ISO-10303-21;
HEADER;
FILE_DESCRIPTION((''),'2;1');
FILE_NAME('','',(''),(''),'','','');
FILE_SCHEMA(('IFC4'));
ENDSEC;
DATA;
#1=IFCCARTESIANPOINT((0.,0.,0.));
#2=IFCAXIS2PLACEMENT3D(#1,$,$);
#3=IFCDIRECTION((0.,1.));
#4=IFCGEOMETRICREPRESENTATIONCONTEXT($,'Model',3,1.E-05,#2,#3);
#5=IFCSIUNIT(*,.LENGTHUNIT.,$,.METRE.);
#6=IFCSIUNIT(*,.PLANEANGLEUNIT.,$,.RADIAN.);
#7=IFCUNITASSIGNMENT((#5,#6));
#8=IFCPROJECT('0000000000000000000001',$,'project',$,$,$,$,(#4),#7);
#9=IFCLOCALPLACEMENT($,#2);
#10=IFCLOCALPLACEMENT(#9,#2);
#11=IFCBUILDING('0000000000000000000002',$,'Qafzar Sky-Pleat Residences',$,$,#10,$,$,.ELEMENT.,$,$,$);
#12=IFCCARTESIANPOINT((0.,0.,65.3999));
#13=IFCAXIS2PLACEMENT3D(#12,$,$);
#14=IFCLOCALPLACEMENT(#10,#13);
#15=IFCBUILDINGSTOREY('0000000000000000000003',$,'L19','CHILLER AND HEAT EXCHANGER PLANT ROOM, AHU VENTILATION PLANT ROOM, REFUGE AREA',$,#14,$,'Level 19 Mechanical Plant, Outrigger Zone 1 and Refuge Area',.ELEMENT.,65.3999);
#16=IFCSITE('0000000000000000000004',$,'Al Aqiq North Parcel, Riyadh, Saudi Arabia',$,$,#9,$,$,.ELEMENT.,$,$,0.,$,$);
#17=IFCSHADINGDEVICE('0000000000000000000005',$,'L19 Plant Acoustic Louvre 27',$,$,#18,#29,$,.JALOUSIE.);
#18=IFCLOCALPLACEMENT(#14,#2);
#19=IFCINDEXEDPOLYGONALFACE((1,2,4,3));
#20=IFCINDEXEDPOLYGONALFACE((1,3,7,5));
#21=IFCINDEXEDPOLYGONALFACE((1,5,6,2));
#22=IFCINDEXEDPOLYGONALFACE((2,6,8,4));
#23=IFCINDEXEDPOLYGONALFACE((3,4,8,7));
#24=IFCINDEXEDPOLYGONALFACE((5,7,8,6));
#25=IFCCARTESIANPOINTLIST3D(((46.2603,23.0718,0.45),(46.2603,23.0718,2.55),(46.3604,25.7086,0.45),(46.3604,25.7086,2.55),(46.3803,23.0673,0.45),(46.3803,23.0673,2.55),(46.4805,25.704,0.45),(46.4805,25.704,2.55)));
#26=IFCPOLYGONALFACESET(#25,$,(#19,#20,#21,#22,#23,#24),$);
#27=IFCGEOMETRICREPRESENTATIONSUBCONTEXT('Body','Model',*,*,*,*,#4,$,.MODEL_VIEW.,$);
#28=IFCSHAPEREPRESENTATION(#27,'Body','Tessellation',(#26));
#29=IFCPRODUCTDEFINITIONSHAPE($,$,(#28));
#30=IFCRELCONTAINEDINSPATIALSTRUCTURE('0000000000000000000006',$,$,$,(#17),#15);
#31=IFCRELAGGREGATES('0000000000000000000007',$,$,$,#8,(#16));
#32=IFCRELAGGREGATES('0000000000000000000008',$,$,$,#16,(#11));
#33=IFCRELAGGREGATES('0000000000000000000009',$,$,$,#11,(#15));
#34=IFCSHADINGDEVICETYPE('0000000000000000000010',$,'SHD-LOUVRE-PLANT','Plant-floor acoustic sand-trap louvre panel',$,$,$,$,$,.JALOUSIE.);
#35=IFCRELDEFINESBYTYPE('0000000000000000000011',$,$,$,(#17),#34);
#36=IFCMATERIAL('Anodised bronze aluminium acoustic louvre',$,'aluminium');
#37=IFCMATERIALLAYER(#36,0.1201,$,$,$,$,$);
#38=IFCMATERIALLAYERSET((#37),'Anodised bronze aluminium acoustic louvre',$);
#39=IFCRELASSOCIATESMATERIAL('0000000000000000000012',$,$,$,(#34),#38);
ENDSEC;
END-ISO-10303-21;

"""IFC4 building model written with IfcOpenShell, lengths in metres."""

from ifc_helpers import new_model, si_unit, direction, frame, origin, origin_2d, place, context, subcontext, project, spatial, rectangle, extrude, source, transform, mapped, material, layer, layer_set, type_object, element, save


model = new_model("IFC4")

# Units and contexts
model_context = context("Model", 3, precision=1e-05, world=origin(), true_north=direction((0.0, 1.0)))
body_context = subcontext(model_context, "Body", "Model", "MODEL_VIEW")
ifc_project = project(units=[si_unit("LENGTHUNIT", "METRE"), si_unit("PLANEANGLEUNIT", "RADIAN")], contexts=[model_context])

# Site, building, storey
site_placement = place(None, origin())
site = spatial("IfcSite", under=ifc_project, at=site_placement, Name="Al Aqiq North Parcel, Riyadh, Saudi Arabia", CompositionType="ELEMENT", RefElevation=0.0)
building_placement = place(site_placement, origin())
building = spatial("IfcBuilding", under=site, at=building_placement, Name="Qafzar Sky-Pleat Residences", CompositionType="ELEMENT")
storey_placement = place(building_placement, frame((0.0, 0.0, 65.3999)))
storey = spatial("IfcBuildingStorey", under=building, at=storey_placement, Name="L19", Description="CHILLER AND HEAT EXCHANGER PLANT ROOM, AHU VENTILATION PLANT ROOM, REFUGE AREA", LongName="Level 19 Mechanical Plant, Outrigger Zone 1 and Refuge Area", CompositionType="ELEMENT", Elevation=65.3999)

# Shading device
ifc_material_1 = material(Name="Anodised bronze aluminium acoustic louvre", Category="aluminium")
ifc_layer_1 = layer(ifc_material_1, 0.1201)
ifc_layer_set_1 = layer_set([ifc_layer_1], Name="Anodised bronze aluminium acoustic louvre")
shading_device_type = type_object("IfcShadingDeviceType", Name="SHD-LOUVRE-PLANT", Description="Plant-floor acoustic sand-trap louvre panel", PredefinedType="JALOUSIE", material=ifc_layer_set_1)
shared_shape_1 = source(origin(), body_context, "Body", "SweptSolid", [
    extrude(rectangle(XDim=2.6387, YDim=0.1201, at=origin_2d()), origin(), (0.0, 0.0, 1.0), 2.1001),
])
shading_device_1_placement = place(storey_placement, frame((46.3704, 24.3879, 0.45), z_axis=(0.0, 0.0, 1.0), x_axis=(0.037959, 0.999279, 0.0)))
element("IfcShadingDevice", 1, at=shading_device_1_placement, inside=storey, type_object=shading_device_type, Name="L19 Plant Acoustic Louvre 27", PredefinedType="JALOUSIE", context=body_context, shape_type="MappedRepresentation", body=[
    mapped(shared_shape_1, transform((0.0, 0.0, 0.0), x_axis=(1.0, 0.0, 0.0), y_axis=(0.0, 1.0, 0.0), z_axis=(0.0, 0.0, 1.0), scale=1.0)),
])

save(model, "model.ifc")
